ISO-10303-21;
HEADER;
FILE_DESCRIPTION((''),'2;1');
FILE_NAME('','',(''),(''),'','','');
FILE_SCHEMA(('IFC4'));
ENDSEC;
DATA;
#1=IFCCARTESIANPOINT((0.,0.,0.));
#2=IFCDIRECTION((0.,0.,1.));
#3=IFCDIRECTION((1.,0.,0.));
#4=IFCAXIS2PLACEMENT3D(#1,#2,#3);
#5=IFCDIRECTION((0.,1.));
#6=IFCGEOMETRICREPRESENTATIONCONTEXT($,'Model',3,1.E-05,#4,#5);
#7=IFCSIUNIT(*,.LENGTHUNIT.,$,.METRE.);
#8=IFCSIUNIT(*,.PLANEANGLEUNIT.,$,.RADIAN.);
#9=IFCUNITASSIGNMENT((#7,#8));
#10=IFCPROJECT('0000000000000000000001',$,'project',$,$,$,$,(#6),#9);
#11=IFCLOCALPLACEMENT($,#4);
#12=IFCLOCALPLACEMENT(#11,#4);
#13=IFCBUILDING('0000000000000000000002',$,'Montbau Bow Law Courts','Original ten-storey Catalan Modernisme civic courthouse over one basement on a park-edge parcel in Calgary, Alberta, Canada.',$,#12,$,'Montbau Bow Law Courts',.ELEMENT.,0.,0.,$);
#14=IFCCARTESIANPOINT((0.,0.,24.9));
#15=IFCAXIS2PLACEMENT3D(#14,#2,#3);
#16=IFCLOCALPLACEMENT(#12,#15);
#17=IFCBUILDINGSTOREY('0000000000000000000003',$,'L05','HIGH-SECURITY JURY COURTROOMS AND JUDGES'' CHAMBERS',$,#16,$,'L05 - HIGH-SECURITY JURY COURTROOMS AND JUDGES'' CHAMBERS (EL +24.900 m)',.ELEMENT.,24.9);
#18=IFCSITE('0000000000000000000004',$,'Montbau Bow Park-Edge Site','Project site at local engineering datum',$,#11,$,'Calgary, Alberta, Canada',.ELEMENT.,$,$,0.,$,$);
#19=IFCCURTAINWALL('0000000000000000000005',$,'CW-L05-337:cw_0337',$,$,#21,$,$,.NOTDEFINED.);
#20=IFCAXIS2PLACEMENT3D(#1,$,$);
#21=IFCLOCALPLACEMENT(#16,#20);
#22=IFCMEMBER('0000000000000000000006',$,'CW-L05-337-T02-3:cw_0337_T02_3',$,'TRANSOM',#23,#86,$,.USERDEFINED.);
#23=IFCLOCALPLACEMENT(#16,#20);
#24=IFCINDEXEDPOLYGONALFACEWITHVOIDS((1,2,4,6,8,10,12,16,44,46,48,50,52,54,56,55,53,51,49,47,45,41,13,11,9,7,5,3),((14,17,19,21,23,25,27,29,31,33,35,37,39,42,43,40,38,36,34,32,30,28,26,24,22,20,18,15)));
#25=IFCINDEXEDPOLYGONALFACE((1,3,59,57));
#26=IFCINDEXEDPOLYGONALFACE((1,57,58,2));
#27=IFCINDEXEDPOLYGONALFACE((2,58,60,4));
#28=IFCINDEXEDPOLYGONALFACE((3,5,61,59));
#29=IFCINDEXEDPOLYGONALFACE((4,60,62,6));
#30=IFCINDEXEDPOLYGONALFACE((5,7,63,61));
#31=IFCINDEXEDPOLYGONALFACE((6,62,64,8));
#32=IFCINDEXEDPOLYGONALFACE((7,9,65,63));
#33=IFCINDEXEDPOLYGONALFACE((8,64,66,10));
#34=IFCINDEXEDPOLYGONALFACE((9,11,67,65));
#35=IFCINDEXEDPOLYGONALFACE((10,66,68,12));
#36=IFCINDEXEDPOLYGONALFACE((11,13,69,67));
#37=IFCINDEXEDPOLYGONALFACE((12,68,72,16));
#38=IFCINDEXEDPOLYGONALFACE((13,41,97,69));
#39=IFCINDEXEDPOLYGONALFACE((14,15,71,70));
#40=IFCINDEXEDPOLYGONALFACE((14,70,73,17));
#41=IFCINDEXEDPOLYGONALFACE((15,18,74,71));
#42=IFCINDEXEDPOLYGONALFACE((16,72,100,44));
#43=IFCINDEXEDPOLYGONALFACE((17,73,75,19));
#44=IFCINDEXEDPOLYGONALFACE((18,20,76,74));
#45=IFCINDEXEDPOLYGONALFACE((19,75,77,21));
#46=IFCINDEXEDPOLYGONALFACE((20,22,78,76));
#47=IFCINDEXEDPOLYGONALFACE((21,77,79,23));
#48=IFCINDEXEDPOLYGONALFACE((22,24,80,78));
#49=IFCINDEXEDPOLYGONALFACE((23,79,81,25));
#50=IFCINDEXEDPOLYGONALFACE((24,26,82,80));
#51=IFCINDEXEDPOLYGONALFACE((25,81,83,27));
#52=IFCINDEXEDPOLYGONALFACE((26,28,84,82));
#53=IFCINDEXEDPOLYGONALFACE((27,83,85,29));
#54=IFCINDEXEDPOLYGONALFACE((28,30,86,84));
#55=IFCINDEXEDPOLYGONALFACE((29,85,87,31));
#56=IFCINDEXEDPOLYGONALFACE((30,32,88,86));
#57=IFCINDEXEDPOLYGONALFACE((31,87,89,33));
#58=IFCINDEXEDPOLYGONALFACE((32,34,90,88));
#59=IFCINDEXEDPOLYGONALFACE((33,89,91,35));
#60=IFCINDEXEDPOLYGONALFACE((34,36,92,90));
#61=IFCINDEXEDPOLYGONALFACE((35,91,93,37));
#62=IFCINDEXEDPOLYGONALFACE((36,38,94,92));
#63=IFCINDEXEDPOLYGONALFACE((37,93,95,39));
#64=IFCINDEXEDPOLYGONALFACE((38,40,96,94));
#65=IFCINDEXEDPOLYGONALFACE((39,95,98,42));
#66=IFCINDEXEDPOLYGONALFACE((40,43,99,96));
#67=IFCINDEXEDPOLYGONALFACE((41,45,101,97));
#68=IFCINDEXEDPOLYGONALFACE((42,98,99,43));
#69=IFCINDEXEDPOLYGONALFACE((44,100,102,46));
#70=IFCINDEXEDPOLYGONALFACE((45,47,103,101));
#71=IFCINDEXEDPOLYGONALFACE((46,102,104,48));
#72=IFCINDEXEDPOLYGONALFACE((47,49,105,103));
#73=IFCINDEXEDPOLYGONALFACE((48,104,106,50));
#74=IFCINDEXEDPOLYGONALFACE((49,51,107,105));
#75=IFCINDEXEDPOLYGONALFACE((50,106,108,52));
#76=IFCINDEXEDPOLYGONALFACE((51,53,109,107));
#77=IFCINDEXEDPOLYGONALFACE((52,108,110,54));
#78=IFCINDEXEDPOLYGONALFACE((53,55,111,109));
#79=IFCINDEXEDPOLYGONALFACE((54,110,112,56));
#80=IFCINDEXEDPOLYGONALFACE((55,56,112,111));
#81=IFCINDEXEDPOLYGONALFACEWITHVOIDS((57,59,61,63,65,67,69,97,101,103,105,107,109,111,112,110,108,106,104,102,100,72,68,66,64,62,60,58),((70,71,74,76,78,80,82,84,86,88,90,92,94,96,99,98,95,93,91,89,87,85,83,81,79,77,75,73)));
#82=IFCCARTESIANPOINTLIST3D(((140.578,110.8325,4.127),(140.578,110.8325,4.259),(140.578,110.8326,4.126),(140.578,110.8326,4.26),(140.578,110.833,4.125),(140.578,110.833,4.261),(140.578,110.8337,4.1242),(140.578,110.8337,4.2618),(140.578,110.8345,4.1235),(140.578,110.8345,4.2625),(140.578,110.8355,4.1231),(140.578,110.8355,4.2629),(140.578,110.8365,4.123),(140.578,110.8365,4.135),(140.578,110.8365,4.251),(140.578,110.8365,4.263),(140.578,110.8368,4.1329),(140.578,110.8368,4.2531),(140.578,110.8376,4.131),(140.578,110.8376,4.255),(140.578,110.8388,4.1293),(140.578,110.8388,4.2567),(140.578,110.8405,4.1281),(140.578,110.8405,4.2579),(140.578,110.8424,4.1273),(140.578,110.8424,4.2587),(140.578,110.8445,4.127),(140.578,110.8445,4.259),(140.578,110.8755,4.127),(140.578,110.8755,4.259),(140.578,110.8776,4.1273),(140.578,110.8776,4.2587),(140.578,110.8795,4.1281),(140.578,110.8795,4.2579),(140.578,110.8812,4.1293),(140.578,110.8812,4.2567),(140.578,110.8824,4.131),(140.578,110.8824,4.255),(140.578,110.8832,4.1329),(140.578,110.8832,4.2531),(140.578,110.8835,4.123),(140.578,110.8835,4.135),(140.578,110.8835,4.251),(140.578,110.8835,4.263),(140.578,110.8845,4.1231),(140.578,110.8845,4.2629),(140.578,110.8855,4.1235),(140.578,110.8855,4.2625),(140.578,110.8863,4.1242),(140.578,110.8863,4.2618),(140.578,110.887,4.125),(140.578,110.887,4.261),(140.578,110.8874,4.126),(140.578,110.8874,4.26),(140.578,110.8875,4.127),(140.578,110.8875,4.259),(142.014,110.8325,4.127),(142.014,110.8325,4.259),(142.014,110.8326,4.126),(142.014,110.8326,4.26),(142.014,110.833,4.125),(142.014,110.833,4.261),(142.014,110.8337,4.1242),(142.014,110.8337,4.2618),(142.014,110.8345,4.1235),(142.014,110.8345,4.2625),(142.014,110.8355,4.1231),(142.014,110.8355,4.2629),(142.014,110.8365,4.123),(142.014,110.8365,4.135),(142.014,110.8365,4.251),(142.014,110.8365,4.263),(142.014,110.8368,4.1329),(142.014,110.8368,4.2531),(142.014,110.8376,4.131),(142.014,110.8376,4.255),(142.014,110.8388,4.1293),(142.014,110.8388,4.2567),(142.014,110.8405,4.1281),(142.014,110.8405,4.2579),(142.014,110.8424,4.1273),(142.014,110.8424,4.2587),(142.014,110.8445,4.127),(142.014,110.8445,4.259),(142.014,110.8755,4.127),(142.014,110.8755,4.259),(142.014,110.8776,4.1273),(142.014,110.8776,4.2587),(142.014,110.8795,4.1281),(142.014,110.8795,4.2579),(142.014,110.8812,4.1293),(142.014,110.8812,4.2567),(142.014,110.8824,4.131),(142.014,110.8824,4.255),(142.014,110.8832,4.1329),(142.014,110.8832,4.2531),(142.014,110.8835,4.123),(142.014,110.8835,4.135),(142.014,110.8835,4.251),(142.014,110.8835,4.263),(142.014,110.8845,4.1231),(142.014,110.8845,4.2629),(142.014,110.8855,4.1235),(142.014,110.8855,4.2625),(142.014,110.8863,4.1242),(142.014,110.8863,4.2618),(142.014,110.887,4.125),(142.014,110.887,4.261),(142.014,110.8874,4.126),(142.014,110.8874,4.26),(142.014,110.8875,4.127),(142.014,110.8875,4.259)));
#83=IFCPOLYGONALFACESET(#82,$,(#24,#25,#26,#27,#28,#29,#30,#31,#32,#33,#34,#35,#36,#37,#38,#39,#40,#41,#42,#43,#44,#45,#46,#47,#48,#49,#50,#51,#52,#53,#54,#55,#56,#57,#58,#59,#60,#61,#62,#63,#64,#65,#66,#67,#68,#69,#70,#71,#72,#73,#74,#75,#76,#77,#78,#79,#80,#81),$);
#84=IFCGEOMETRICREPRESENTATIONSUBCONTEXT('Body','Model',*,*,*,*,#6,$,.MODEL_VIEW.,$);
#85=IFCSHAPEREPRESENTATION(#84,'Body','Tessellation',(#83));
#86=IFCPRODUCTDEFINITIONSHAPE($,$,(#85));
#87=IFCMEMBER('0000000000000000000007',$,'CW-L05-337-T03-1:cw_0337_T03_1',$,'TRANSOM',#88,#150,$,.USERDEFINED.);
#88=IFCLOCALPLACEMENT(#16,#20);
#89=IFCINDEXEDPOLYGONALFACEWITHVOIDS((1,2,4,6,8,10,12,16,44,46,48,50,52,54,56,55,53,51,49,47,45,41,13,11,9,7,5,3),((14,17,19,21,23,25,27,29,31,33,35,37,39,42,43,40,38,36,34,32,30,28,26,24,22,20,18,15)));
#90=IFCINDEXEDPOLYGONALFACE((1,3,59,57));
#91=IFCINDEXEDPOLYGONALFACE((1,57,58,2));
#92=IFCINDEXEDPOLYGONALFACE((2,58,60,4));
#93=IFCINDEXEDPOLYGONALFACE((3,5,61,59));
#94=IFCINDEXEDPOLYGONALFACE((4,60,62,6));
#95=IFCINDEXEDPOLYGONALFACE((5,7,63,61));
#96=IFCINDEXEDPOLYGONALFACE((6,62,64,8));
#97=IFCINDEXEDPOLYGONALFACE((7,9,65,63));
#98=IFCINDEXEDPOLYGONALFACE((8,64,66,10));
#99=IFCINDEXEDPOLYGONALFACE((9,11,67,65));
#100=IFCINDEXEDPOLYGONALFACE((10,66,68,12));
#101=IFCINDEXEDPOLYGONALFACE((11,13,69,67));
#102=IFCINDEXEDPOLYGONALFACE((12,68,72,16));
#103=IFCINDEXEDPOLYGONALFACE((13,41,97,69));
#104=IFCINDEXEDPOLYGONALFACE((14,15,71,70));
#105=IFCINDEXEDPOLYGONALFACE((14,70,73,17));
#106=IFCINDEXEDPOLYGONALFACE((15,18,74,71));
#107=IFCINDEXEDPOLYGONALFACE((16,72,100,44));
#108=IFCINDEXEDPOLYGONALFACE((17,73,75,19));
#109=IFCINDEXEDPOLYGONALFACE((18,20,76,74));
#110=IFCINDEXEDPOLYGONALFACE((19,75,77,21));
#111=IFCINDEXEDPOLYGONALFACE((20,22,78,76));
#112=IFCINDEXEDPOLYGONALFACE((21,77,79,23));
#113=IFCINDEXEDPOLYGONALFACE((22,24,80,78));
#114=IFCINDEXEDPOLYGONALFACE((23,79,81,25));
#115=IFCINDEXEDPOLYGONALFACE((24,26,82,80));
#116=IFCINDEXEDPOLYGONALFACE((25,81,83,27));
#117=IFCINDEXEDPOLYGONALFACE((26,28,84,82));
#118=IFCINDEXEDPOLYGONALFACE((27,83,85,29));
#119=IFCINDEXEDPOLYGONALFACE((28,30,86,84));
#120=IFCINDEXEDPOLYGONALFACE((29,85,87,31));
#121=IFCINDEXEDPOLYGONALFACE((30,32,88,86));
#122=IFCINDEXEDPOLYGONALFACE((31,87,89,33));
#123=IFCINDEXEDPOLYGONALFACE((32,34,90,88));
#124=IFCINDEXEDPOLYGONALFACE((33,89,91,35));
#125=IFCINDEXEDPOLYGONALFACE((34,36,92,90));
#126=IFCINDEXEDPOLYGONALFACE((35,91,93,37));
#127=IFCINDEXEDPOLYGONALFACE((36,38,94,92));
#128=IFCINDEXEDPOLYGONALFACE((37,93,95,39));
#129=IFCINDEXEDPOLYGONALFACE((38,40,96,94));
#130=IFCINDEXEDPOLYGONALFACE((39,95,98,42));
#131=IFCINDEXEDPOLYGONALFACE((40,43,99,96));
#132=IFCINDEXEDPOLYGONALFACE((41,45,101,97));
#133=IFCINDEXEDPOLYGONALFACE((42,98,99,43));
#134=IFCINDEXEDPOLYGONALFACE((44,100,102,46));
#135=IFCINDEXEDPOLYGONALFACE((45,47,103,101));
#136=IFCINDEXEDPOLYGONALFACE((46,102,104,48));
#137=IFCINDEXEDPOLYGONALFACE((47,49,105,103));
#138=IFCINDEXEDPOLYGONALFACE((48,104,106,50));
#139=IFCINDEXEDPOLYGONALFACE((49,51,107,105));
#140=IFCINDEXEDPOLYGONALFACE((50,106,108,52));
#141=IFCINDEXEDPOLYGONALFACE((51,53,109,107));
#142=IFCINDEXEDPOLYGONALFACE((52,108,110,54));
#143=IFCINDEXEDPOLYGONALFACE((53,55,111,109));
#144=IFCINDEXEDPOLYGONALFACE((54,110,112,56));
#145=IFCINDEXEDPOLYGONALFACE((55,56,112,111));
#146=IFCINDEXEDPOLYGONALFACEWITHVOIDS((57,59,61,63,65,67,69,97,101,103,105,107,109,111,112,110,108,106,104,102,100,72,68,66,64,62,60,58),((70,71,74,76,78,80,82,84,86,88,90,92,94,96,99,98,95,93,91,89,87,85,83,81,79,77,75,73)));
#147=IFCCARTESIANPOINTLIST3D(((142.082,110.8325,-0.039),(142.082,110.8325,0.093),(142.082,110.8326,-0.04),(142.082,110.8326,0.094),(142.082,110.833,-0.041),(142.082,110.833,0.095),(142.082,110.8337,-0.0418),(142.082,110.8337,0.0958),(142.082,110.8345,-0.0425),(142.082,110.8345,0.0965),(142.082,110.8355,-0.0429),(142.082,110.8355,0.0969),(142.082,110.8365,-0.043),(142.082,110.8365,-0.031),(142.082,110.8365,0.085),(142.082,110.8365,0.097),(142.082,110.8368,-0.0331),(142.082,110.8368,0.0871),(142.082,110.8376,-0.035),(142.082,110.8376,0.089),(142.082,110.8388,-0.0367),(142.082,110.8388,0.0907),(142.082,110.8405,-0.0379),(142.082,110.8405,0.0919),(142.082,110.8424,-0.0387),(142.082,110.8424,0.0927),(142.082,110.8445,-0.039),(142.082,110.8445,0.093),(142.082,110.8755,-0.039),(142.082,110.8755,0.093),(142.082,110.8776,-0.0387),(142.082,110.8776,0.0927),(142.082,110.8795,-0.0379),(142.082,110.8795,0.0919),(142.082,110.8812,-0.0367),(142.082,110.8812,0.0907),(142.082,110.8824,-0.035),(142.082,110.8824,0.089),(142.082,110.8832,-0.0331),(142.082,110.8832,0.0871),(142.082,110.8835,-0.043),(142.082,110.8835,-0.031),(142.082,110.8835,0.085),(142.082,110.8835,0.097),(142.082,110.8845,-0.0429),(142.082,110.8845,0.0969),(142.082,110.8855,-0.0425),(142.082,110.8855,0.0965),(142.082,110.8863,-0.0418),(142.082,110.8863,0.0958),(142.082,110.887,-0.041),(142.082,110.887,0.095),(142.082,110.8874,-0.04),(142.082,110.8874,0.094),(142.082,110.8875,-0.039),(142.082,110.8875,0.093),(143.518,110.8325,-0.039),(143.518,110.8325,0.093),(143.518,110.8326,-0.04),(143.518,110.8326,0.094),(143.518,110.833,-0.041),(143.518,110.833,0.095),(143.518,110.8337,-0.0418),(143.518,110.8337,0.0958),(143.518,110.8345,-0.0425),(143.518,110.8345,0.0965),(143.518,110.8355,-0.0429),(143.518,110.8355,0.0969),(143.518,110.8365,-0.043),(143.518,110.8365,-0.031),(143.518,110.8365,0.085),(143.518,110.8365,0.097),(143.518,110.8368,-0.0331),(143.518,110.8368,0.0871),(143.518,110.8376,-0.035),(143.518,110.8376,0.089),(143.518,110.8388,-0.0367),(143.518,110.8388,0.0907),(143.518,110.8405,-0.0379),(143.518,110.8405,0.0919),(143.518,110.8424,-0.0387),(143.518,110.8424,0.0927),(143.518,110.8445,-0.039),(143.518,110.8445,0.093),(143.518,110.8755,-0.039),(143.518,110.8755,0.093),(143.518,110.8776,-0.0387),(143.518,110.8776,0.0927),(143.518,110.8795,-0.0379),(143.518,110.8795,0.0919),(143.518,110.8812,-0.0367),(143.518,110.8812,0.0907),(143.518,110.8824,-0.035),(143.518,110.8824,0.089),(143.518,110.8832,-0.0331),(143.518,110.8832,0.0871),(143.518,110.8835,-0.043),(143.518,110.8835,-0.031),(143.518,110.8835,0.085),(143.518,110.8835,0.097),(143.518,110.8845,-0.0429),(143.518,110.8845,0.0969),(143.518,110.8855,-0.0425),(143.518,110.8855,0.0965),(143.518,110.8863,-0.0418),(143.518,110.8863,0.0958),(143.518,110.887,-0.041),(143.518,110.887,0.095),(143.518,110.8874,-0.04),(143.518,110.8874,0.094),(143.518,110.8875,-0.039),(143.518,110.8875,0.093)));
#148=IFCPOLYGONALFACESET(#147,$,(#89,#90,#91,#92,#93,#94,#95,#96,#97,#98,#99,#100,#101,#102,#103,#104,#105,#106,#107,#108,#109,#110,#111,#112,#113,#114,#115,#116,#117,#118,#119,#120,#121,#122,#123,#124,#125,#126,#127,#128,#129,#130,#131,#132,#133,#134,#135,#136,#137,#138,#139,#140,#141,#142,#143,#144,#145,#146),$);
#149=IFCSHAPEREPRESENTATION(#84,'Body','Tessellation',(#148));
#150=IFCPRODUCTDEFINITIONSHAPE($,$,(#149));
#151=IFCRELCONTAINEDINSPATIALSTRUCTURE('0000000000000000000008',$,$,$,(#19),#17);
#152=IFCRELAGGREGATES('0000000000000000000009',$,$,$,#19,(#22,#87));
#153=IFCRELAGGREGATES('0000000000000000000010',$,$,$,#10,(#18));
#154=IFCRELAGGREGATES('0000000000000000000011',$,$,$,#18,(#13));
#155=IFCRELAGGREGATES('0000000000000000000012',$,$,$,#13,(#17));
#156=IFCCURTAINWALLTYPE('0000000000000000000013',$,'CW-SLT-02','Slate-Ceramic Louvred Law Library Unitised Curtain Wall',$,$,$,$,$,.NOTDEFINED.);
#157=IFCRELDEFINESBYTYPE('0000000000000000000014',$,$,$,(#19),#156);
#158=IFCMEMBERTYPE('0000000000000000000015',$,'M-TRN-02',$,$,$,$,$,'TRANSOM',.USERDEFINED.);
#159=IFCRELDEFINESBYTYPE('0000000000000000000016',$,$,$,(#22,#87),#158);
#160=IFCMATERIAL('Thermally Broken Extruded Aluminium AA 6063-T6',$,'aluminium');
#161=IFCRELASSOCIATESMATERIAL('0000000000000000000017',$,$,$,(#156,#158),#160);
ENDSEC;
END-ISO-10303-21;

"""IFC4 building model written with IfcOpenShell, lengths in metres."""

from ifc_helpers import new_model, si_unit, direction, frame, origin_with_axes, origin_2d_with_axis, place, context, subcontext, project, spatial, hollow_rectangle, extrude, material, material_profile, profile_set, type_object, element, aggregate, save


model = new_model("IFC4")

# Units and contexts
model_context = context("Model", 3, precision=1e-05, world=origin_with_axes(), true_north=direction((0.0, 1.0)))
body_context = subcontext(model_context, "Body", "Model", "MODEL_VIEW")
ifc_project = project(units=[si_unit("LENGTHUNIT", "METRE"), si_unit("PLANEANGLEUNIT", "RADIAN")], contexts=[model_context])

# Site, building, storey
site_placement = place(None, origin_with_axes())
site = spatial("IfcSite", under=ifc_project, at=site_placement, Name="Montbau Bow Park-Edge Site", Description="Project site at local engineering datum", LongName="Calgary, Alberta, Canada", CompositionType="ELEMENT", RefElevation=0.0)
building_placement = place(site_placement, origin_with_axes())
building = spatial("IfcBuilding", under=site, at=building_placement, Name="Montbau Bow Law Courts", Description="Original ten-storey Catalan Modernisme civic courthouse over one basement on a park-edge parcel in Calgary, Alberta, Canada.", LongName="Montbau Bow Law Courts", CompositionType="ELEMENT", ElevationOfRefHeight=0.0, ElevationOfTerrain=0.0)
storey_placement = place(building_placement, frame((0.0, 0.0, 24.9), z_axis=(0.0, 0.0, 1.0), x_axis=(1.0, 0.0, 0.0)))
storey = spatial("IfcBuildingStorey", under=building, at=storey_placement, Name="L05", Description="HIGH-SECURITY JURY COURTROOMS AND JUDGES' CHAMBERS", LongName="L05 - HIGH-SECURITY JURY COURTROOMS AND JUDGES' CHAMBERS (EL +24.900 m)", CompositionType="ELEMENT", Elevation=24.9)

# Curtain wall, members
ifc_material_1 = material(Name="Thermally Broken Extruded Aluminium AA 6063-T6", Category="aluminium")
curtain_wall_type = type_object("IfcCurtainWallType", Name="CW-SLT-02", Description="Slate-Ceramic Louvred Law Library Unitised Curtain Wall", PredefinedType="NOTDEFINED", material=ifc_material_1)
curtain_wall_placement = place(None, frame((139.04, 110.86, 24.9), z_axis=(0.0, 0.0, 1.0), x_axis=(1.0, 0.0, 0.0)))
curtain_wall = element("IfcCurtainWall", 1, at=curtain_wall_placement, inside=storey, type_object=curtain_wall_type, Name="CW-L05-337:cw_0337", PredefinedType="NOTDEFINED")
ifc_material_profile_1 = material_profile(ifc_material_1, hollow_rectangle(XDim=0.055, YDim=0.14, WallThickness=0.004, InnerFilletRadius=0.008, OuterFilletRadius=0.004, at=origin_2d_with_axis()), Name="CWT-140X55", Category="Main", Priority=0)
ifc_profile_set_1 = profile_set([ifc_material_profile_1], Name="Thermally Broken Extruded Aluminium AA 6063-T6")
member_type_1 = type_object("IfcMemberType", Name="M-TRN-02", ElementType="TRANSOM", PredefinedType="USERDEFINED", material=ifc_profile_set_1)
member_1_placement = place(None, frame((140.578, 110.86, 29.093), z_axis=(1.0, 0.0, 0.0), x_axis=(0.0, 1.0, 0.0)))
member_1 = element("IfcMember", 2, at=member_1_placement, type_object=member_type_1, Name="CW-L05-337-T02-3:cw_0337_T02_3", ObjectType="TRANSOM", PredefinedType="USERDEFINED", context=body_context, shape_type="SweptSolid", body=[
    extrude(hollow_rectangle(XDim=0.055, YDim=0.14, WallThickness=0.004, InnerFilletRadius=0.008, OuterFilletRadius=0.004, at=origin_2d_with_axis()), origin_with_axes(), (0.0, 0.0, 1.0), 1.436),
])
member_2_placement = place(None, frame((142.082, 110.86, 24.927), z_axis=(1.0, 0.0, 0.0), x_axis=(0.0, 1.0, 0.0)))
member_2 = element("IfcMember", 3, at=member_2_placement, type_object=member_type_1, Name="CW-L05-337-T03-1:cw_0337_T03_1", ObjectType="TRANSOM", PredefinedType="USERDEFINED", context=body_context, shape_type="SweptSolid", body=[
    extrude(hollow_rectangle(XDim=0.055, YDim=0.14, WallThickness=0.004, InnerFilletRadius=0.008, OuterFilletRadius=0.004, at=origin_2d_with_axis()), origin_with_axes(), (0.0, 0.0, 1.0), 1.436),
])
aggregate(curtain_wall, [member_1, member_2])

save(model, "model.ifc")
